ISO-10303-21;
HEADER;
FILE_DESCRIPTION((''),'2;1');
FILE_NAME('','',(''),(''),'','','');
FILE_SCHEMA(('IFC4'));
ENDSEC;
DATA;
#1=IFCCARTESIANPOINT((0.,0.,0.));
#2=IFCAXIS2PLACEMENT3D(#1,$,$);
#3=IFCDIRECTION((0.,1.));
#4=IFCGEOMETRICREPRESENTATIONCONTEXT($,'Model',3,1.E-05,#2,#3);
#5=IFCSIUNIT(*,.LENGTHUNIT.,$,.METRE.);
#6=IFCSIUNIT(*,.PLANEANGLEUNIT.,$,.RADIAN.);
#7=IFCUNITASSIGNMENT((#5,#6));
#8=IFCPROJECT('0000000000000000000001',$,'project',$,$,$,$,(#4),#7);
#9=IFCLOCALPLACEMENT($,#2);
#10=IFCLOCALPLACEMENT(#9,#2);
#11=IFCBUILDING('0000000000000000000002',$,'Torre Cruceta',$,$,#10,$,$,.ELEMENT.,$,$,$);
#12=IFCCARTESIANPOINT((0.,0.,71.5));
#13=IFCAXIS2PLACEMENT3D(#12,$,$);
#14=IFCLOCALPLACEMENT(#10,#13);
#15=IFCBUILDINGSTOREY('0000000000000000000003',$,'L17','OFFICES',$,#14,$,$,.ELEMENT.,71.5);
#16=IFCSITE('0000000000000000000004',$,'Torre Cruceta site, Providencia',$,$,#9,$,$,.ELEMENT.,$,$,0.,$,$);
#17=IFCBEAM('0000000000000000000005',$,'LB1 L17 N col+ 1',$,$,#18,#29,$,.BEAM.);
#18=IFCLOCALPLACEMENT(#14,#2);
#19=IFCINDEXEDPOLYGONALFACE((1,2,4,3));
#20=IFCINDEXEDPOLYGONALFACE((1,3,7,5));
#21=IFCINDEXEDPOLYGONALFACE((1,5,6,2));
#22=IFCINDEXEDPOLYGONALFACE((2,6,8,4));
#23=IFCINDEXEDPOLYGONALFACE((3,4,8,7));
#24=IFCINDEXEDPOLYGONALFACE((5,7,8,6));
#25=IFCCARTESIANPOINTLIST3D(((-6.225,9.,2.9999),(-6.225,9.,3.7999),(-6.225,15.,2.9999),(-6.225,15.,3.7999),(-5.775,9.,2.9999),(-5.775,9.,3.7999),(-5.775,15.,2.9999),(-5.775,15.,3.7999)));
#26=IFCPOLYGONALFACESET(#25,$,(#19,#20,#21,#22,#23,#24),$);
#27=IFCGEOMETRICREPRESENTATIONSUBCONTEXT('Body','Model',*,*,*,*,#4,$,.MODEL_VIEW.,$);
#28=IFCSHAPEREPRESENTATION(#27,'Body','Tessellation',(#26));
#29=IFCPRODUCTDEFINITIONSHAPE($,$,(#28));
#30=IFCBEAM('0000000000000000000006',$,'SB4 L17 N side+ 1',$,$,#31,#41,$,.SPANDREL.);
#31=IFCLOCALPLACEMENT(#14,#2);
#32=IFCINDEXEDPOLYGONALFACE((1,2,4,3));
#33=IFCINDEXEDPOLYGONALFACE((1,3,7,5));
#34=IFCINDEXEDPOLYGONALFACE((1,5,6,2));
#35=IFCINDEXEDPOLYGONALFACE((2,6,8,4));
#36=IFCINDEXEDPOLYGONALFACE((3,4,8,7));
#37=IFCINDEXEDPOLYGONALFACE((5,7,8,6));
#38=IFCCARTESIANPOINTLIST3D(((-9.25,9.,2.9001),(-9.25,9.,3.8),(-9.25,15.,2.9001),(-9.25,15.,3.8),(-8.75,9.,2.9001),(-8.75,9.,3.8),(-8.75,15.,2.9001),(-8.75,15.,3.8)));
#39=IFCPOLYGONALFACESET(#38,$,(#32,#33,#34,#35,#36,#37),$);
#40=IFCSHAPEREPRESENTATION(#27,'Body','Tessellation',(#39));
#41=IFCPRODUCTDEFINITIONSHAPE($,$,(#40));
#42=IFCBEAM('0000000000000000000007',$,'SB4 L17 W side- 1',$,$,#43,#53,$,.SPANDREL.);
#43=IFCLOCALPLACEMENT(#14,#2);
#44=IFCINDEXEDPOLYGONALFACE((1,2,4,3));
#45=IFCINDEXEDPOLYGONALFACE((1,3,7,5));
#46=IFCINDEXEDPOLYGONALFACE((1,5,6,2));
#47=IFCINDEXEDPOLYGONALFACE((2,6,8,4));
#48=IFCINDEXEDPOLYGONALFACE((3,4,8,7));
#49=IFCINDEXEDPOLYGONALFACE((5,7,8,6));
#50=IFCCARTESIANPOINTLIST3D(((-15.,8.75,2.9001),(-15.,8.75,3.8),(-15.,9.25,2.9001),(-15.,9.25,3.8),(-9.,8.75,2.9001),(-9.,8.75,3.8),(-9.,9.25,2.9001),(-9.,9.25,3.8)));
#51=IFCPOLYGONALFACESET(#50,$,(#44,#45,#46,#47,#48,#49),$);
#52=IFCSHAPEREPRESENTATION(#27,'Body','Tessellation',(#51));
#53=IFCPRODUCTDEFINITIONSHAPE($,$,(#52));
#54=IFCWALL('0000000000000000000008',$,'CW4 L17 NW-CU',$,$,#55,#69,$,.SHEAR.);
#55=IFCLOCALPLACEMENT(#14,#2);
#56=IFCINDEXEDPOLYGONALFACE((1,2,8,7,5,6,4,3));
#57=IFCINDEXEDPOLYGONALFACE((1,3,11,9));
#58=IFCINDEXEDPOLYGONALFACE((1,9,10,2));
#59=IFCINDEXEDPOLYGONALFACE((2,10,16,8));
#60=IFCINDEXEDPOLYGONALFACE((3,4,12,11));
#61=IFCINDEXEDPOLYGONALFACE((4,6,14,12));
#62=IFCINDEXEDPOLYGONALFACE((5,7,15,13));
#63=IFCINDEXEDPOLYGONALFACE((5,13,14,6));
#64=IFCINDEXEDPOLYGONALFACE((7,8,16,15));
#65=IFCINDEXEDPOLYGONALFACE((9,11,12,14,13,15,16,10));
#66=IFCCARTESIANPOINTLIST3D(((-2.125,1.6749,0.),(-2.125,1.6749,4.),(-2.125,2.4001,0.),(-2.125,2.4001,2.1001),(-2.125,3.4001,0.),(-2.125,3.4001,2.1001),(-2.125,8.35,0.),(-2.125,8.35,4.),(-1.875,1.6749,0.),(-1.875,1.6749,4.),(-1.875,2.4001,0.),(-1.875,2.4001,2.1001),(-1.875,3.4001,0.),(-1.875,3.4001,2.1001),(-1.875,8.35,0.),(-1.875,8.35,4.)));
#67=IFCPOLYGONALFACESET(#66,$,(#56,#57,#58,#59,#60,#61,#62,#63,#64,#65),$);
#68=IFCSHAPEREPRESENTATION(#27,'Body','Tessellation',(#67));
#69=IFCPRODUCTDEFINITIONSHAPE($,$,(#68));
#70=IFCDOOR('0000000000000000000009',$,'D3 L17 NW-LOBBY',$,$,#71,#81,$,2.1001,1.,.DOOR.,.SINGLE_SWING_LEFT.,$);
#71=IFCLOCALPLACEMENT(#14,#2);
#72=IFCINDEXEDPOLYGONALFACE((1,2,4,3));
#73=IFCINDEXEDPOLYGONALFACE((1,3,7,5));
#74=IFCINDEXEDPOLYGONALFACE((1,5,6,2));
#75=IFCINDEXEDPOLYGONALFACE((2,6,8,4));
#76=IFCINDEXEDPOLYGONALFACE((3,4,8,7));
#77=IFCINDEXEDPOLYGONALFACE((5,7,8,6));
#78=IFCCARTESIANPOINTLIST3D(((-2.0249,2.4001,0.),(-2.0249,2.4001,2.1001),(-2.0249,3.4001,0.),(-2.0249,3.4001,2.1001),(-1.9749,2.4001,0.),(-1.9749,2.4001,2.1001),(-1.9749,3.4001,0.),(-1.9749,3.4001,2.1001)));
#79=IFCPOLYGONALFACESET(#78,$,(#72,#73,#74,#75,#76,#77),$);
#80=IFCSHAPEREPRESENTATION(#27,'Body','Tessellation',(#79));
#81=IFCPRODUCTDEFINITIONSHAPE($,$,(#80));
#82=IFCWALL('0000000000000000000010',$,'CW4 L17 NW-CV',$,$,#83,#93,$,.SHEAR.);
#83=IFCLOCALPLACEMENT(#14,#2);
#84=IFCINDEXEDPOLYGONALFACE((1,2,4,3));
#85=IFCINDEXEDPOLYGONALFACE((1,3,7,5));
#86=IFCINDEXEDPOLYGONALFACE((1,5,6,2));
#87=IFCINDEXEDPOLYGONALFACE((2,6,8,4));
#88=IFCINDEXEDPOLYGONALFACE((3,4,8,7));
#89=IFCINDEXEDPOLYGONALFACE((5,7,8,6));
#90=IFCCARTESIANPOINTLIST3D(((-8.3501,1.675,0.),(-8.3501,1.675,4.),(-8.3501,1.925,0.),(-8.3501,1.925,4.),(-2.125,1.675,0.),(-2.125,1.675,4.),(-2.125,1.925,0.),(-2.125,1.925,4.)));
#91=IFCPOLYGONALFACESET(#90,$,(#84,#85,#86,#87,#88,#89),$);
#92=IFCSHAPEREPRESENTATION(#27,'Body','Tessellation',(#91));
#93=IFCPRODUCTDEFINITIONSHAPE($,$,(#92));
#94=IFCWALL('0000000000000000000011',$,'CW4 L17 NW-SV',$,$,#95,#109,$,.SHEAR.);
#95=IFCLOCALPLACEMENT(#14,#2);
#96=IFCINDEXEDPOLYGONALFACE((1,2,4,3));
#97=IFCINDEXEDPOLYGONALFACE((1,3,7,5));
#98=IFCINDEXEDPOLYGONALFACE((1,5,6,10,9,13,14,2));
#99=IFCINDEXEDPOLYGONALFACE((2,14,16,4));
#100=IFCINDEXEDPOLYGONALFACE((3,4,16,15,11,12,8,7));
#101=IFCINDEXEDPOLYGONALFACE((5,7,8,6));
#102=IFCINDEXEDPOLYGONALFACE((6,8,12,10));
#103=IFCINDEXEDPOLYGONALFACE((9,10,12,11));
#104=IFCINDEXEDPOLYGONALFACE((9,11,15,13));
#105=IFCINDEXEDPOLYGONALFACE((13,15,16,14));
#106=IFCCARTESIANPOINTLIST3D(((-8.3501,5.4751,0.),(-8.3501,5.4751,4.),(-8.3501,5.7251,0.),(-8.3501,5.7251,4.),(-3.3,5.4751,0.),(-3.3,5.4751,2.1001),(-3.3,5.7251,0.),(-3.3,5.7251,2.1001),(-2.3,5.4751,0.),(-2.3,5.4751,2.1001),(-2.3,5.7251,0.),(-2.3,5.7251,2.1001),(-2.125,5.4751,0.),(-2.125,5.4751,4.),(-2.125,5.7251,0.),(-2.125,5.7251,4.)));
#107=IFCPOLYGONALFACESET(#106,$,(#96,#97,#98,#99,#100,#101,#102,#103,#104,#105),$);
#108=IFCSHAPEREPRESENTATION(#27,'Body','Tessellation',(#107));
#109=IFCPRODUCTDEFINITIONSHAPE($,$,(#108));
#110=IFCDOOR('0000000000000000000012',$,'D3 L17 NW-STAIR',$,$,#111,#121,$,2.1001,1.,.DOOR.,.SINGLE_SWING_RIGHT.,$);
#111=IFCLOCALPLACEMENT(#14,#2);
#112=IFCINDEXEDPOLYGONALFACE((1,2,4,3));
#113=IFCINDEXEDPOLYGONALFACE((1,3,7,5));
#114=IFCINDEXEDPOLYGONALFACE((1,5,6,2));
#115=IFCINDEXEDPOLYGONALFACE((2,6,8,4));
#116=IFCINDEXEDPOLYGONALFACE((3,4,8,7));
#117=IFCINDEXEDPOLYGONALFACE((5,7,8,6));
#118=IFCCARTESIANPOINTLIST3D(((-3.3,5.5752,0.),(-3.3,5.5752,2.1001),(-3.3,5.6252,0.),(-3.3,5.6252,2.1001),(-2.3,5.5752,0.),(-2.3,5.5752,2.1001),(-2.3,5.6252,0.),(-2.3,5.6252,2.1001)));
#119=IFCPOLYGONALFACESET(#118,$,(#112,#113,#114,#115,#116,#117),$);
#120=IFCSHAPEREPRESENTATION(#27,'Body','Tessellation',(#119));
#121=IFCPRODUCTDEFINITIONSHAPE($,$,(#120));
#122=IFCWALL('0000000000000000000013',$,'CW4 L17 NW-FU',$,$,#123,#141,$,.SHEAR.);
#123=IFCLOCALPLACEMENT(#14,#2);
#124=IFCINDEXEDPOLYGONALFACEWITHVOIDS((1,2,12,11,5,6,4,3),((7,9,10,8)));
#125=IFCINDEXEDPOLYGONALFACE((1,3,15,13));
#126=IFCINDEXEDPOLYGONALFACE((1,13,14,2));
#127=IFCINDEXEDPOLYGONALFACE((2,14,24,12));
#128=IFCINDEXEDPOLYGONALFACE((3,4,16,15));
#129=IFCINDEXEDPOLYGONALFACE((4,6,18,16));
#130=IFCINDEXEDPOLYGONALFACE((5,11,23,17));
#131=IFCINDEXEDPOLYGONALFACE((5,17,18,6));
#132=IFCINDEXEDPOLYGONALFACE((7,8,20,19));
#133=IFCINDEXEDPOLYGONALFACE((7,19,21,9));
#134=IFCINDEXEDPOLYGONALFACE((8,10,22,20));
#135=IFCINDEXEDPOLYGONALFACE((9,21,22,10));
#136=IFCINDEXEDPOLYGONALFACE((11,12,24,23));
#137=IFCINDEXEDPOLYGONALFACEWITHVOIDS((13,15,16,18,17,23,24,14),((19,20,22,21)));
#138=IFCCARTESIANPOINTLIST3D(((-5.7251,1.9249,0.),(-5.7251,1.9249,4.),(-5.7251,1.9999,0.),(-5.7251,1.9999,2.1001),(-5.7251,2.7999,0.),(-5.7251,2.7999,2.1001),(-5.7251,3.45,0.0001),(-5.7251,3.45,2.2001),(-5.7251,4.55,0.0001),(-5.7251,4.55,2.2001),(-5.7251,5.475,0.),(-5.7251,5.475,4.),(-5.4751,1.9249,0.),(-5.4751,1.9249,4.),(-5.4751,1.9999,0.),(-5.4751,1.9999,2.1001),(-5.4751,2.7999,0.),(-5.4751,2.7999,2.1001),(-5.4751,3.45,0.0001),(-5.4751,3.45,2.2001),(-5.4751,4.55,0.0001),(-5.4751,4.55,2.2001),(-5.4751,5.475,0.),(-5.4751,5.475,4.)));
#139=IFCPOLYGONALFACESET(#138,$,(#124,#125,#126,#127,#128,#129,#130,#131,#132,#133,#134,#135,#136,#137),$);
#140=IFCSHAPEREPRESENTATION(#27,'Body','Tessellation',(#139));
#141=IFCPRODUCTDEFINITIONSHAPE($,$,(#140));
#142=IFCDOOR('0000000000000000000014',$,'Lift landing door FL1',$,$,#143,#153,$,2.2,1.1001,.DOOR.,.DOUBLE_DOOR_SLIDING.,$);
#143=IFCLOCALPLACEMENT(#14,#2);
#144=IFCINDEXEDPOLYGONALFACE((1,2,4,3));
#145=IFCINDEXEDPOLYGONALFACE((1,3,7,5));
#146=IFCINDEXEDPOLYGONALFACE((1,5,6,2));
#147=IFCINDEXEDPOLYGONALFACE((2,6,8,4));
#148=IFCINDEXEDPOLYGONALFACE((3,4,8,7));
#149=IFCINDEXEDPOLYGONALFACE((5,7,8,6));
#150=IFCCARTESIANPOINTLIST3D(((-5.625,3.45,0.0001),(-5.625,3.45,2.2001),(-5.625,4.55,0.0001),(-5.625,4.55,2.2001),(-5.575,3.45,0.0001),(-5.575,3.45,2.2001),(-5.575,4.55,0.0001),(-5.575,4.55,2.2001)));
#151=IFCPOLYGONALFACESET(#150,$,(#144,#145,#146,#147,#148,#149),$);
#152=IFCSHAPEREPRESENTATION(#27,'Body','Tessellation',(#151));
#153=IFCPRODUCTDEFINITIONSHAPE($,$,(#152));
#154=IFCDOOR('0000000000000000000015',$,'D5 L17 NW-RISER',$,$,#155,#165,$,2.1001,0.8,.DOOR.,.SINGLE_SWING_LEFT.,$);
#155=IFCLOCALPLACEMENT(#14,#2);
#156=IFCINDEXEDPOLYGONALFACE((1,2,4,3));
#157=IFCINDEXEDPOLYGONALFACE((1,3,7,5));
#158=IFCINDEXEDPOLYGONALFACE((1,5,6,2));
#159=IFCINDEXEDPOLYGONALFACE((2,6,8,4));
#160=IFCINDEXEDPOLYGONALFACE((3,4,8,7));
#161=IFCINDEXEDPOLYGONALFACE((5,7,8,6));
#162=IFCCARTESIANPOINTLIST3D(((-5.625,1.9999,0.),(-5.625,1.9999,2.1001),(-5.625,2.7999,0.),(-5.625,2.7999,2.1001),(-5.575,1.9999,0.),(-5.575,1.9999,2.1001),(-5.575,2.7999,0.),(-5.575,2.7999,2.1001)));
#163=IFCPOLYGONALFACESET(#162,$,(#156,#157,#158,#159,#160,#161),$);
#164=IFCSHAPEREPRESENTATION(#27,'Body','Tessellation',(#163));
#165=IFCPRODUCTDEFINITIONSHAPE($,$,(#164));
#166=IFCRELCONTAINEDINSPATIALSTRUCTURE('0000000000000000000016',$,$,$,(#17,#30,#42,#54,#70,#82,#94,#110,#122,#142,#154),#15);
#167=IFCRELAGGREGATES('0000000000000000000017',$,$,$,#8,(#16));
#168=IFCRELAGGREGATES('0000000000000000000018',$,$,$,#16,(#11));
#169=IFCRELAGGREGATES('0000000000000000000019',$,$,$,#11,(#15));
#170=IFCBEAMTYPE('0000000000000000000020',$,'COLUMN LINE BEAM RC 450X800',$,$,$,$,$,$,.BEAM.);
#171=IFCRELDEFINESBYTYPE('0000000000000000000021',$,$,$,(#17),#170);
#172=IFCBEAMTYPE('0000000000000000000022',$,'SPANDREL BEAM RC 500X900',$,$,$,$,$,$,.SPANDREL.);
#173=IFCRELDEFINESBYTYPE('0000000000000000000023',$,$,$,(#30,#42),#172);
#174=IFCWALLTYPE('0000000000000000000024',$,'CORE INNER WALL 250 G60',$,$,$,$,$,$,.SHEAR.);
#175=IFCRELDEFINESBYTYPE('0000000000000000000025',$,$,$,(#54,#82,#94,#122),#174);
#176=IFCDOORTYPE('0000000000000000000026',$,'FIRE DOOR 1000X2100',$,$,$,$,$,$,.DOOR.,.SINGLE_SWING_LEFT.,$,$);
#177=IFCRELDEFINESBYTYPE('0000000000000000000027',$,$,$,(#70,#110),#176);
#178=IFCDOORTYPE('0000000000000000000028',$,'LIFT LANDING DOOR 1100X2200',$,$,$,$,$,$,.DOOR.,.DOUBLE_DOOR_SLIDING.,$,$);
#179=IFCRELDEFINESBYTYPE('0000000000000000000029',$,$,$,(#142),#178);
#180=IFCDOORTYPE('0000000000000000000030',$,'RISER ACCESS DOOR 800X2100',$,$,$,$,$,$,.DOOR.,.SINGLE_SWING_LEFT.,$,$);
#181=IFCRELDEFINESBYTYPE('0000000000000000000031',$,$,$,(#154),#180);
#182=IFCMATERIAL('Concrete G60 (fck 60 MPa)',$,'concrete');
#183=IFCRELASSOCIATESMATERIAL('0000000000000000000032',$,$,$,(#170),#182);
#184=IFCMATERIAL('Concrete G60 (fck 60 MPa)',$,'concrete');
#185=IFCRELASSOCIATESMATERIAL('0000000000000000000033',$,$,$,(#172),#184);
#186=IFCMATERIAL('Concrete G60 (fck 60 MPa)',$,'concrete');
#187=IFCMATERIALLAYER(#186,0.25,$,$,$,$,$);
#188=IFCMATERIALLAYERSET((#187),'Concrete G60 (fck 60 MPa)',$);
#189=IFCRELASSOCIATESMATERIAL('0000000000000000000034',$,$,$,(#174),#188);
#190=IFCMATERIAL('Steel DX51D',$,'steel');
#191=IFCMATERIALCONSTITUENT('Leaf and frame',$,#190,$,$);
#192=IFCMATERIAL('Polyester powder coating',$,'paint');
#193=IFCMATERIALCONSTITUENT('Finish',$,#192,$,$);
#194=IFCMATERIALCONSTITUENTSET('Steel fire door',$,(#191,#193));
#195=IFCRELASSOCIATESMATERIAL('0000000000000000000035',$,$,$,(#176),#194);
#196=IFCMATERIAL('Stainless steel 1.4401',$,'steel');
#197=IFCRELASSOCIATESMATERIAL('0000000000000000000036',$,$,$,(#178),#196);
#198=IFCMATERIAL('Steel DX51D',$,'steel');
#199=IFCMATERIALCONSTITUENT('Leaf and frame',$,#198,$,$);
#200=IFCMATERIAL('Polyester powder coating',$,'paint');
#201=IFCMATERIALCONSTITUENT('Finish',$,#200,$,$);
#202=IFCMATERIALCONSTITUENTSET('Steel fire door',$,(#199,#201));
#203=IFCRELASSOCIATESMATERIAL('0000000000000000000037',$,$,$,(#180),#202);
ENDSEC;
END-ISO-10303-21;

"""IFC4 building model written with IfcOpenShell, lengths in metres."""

from ifc_helpers import new_model, si_unit, direction, frame, frame_2d, origin, origin_2d, place, context, subcontext, project, spatial, rectangle, extrude, material, layer, layer_set, constituent, constituent_set, material_profile, profile_set, type_object, element, fill, save


model = new_model("IFC4")

# Units and contexts
model_context = context("Model", 3, precision=1e-05, world=origin(), true_north=direction((0.0, 1.0)))
body_context = subcontext(model_context, "Body", "Model", "MODEL_VIEW")
ifc_project = project(units=[si_unit("LENGTHUNIT", "METRE"), si_unit("PLANEANGLEUNIT", "RADIAN")], contexts=[model_context])

# Site, building, storey
site_placement = place(None, origin())
site = spatial("IfcSite", under=ifc_project, at=site_placement, Name="Torre Cruceta site, Providencia", CompositionType="ELEMENT", RefElevation=0.0)
building_placement = place(site_placement, origin())
building = spatial("IfcBuilding", under=site, at=building_placement, Name="Torre Cruceta", CompositionType="ELEMENT")
storey_placement = place(building_placement, frame((0.0, 0.0, 71.5)))
storey = spatial("IfcBuildingStorey", under=building, at=storey_placement, Name="L17", Description="OFFICES", CompositionType="ELEMENT", Elevation=71.5)

# Beams
ifc_material_1 = material(Name="Concrete G60 (fck 60 MPa)", Category="concrete")
ifc_material_profile_1 = material_profile(ifc_material_1, rectangle(XDim=0.45, YDim=0.8, at=origin_2d()), Name="RC 450X800")
ifc_profile_set_1 = profile_set([ifc_material_profile_1], Name="Concrete G60 (fck 60 MPa)")
beam_type_1 = type_object("IfcBeamType", Name="COLUMN LINE BEAM RC 450X800", PredefinedType="BEAM", material=ifc_profile_set_1)
beam_placement = place(storey_placement, frame((-6.0, 9.0, 3.3999), z_axis=(0.0, 1.0, 0.0), x_axis=(-1.0, 0.0, 0.0)))
element("IfcBeam", 1, at=beam_placement, inside=storey, type_object=beam_type_1, Name="LB1 L17 N col+ 1", PredefinedType="BEAM", context=body_context, shape_type="SweptSolid", body=[
    extrude(rectangle(XDim=0.45, YDim=0.8, at=origin_2d()), origin(), (0.0, 0.0, 1.0), 6.0),
])
ifc_material_2 = material(Name="Concrete G60 (fck 60 MPa)", Category="concrete")
ifc_material_profile_2 = material_profile(ifc_material_2, rectangle(XDim=0.5, YDim=0.8999, at=origin_2d()), Name="RC 500X900")
ifc_profile_set_2 = profile_set([ifc_material_profile_2], Name="Concrete G60 (fck 60 MPa)")
beam_type_2 = type_object("IfcBeamType", Name="SPANDREL BEAM RC 500X900", PredefinedType="SPANDREL", material=ifc_profile_set_2)
for number, where, z_axis, x_axis, name in (
    (2, (-9.0, 9.0, 3.3501), (0.0, 1.0, 0.0), (-1.0, 0.0, 0.0), "SB4 L17 N side+ 1"),
    (3, (-9.0, 9.0, 3.3501), (-1.0, 0.0, 0.0), (0.0, -1.0, 0.0), "SB4 L17 W side- 1"),
):
    element("IfcBeam", number, at=place(storey_placement, frame(where, z_axis=z_axis, x_axis=x_axis)), inside=storey, type_object=beam_type_2, Name=name, PredefinedType="SPANDREL", context=body_context, shape_type="SweptSolid", body=[
        extrude(rectangle(XDim=0.5, YDim=0.8999, at=origin_2d()), origin(), (0.0, 0.0, 1.0), 6.0),
    ])

# Wall, opening, door
ifc_material_3 = material(Name="Concrete G60 (fck 60 MPa)", Category="concrete")
ifc_layer_1 = layer(ifc_material_3, 0.25)
ifc_layer_set_1 = layer_set([ifc_layer_1], Name="Concrete G60 (fck 60 MPa)")
wall_type_1 = type_object("IfcWallType", Name="CORE INNER WALL 250 G60", PredefinedType="SHEAR", material=ifc_layer_set_1)
wall_1_placement = place(storey_placement, frame((-2.0, 1.675, 0.0), z_axis=(0.0, 0.0, 1.0), x_axis=(0.0, 1.0, 0.0)))
wall_1 = element("IfcWall", 4, at=wall_1_placement, inside=storey, type_object=wall_type_1, Name="CW4 L17 NW-CU", PredefinedType="SHEAR", context=body_context, shape_type="SweptSolid", body=[
    extrude(rectangle(XDim=6.675, YDim=0.25, at=frame_2d((3.3374, 0.0))), origin(), (0.0, 0.0, 1.0), 4.0),
])
opening_1_placement = place(wall_1_placement, frame((0.7251, 0.0, 0.0)))
opening_1 = element("IfcOpeningElement", 5, at=opening_1_placement, cuts=wall_1, PredefinedType="OPENING", context=body_context, shape_type="SweptSolid", body=[
    extrude(rectangle(XDim=1.0, YDim=2.1001, at=frame_2d((0.5, 1.05))), frame((0.0, 0.135, 0.0), z_axis=(0.0, -1.0, 0.0), x_axis=(1.0, 0.0, 0.0)), (0.0, 0.0, 1.0), 0.27),
])
ifc_material_4 = material(Name="Steel DX51D", Category="steel")
ifc_constituent_1 = constituent(ifc_material_4, Name="Leaf and frame")
ifc_material_5 = material(Name="Polyester powder coating", Category="paint")
ifc_constituent_2 = constituent(ifc_material_5, Name="Finish")
ifc_constituent_set_1 = constituent_set(constituents=[ifc_constituent_1, ifc_constituent_2], Name="Steel fire door")
door_type_1 = type_object("IfcDoorType", Name="FIRE DOOR 1000X2100", OperationType="SINGLE_SWING_LEFT", PredefinedType="DOOR", material=ifc_constituent_set_1)
door_1_placement = place(opening_1_placement, origin())
door_1 = element("IfcDoor", 6, at=door_1_placement, inside=storey, type_object=door_type_1, Name="D3 L17 NW-LOBBY", OperationType="SINGLE_SWING_LEFT", OverallHeight=2.1001, OverallWidth=1.0, PredefinedType="DOOR", context=body_context, shape_type="SweptSolid", body=[
    extrude(rectangle(XDim=1.0, YDim=2.1001, at=frame_2d((0.5, 1.05))), frame((0.0, 0.0249, 0.0), z_axis=(0.0, -1.0, 0.0), x_axis=(1.0, 0.0, 0.0)), (0.0, 0.0, 1.0), 0.05),
])
fill(opening_1, door_1)

# Wall
wall_2_placement = place(storey_placement, frame((-2.125, 1.8, 0.0), z_axis=(0.0, 0.0, 1.0), x_axis=(-1.0, 0.0, 0.0)))
element("IfcWall", 7, at=wall_2_placement, inside=storey, type_object=wall_type_1, Name="CW4 L17 NW-CV", PredefinedType="SHEAR", context=body_context, shape_type="SweptSolid", body=[
    extrude(rectangle(XDim=6.2251, YDim=0.25, at=frame_2d((3.1125, 0.0))), origin(), (0.0, 0.0, 1.0), 4.0),
])

# Wall, opening, door
wall_3_placement = place(storey_placement, frame((-2.125, 5.6001, 0.0), z_axis=(0.0, 0.0, 1.0), x_axis=(-1.0, 0.0, 0.0)))
wall_3 = element("IfcWall", 8, at=wall_3_placement, inside=storey, type_object=wall_type_1, Name="CW4 L17 NW-SV", PredefinedType="SHEAR", context=body_context, shape_type="SweptSolid", body=[
    extrude(rectangle(XDim=6.2251, YDim=0.25, at=frame_2d((3.1125, 0.0))), origin(), (0.0, 0.0, 1.0), 4.0),
])
opening_2_placement = place(wall_3_placement, frame((0.175, 0.0, 0.0)))
opening_2 = element("IfcOpeningElement", 9, at=opening_2_placement, cuts=wall_3, PredefinedType="OPENING", context=body_context, shape_type="SweptSolid", body=[
    extrude(rectangle(XDim=1.0, YDim=2.1001, at=frame_2d((0.5, 1.05))), frame((0.0, 0.135, 0.0), z_axis=(0.0, -1.0, 0.0), x_axis=(1.0, 0.0, 0.0)), (0.0, 0.0, 1.0), 0.27),
])
door_2_placement = place(opening_2_placement, frame((1.0, 0.0, 0.0), z_axis=(0.0, 0.0, 1.0), x_axis=(-1.0, 0.0, 0.0)))
door_2 = element("IfcDoor", 10, at=door_2_placement, inside=storey, type_object=door_type_1, Name="D3 L17 NW-STAIR", OperationType="SINGLE_SWING_RIGHT", OverallHeight=2.1001, OverallWidth=1.0, PredefinedType="DOOR", context=body_context, shape_type="SweptSolid", body=[
    extrude(rectangle(XDim=1.0, YDim=2.1001, at=frame_2d((0.5, 1.05))), frame((0.0, 0.0251, 0.0), z_axis=(0.0, -1.0, 0.0), x_axis=(1.0, 0.0, 0.0)), (0.0, 0.0, 1.0), 0.05),
])
fill(opening_2, door_2)

# Wall, openings, doors
wall_4_placement = place(storey_placement, frame((-5.6001, 1.925, 0.0), z_axis=(0.0, 0.0, 1.0), x_axis=(0.0, 1.0, 0.0)))
wall_4 = element("IfcWall", 11, at=wall_4_placement, inside=storey, type_object=wall_type_1, Name="CW4 L17 NW-FU", PredefinedType="SHEAR", context=body_context, shape_type="SweptSolid", body=[
    extrude(rectangle(XDim=3.55, YDim=0.25, at=frame_2d((1.7749, 0.0))), origin(), (0.0, 0.0, 1.0), 4.0),
])
opening_3_placement = place(wall_4_placement, frame((1.5249, 0.0, 0.0)))
opening_3 = element("IfcOpeningElement", 12, at=opening_3_placement, cuts=wall_4, PredefinedType="OPENING", context=body_context, shape_type="SweptSolid", body=[
    extrude(rectangle(XDim=1.1001, YDim=2.2, at=frame_2d((0.55, 1.1001))), frame((0.0, 0.135, 0.0), z_axis=(0.0, -1.0, 0.0), x_axis=(1.0, 0.0, 0.0)), (0.0, 0.0, 1.0), 0.27),
])
opening_4_placement = place(wall_4_placement, frame((0.075, 0.0, 0.0)))
opening_4 = element("IfcOpeningElement", 13, at=opening_4_placement, cuts=wall_4, PredefinedType="OPENING", context=body_context, shape_type="SweptSolid", body=[
    extrude(rectangle(XDim=0.8, YDim=2.1001, at=frame_2d((0.3999, 1.05))), frame((0.0, 0.135, 0.0), z_axis=(0.0, -1.0, 0.0), x_axis=(1.0, 0.0, 0.0)), (0.0, 0.0, 1.0), 0.27),
])
ifc_material_6 = material(Name="Stainless steel 1.4401", Category="steel")
door_type_2 = type_object("IfcDoorType", Name="LIFT LANDING DOOR 1100X2200", OperationType="DOUBLE_DOOR_SLIDING", PredefinedType="DOOR", material=ifc_material_6)
door_3_placement = place(opening_3_placement, origin())
door_3 = element("IfcDoor", 14, at=door_3_placement, inside=storey, type_object=door_type_2, Name="Lift landing door FL1", OperationType="DOUBLE_DOOR_SLIDING", OverallHeight=2.2, OverallWidth=1.1001, PredefinedType="DOOR", context=body_context, shape_type="SweptSolid", body=[
    extrude(rectangle(XDim=1.1001, YDim=2.2, at=frame_2d((0.55, 1.1001))), frame((0.0, 0.0249, 0.0), z_axis=(0.0, -1.0, 0.0), x_axis=(1.0, 0.0, 0.0)), (0.0, 0.0, 1.0), 0.05),
])
fill(opening_3, door_3)
ifc_material_7 = material(Name="Steel DX51D", Category="steel")
ifc_constituent_3 = constituent(ifc_material_7, Name="Leaf and frame")
ifc_material_8 = material(Name="Polyester powder coating", Category="paint")
ifc_constituent_4 = constituent(ifc_material_8, Name="Finish")
ifc_constituent_set_2 = constituent_set(constituents=[ifc_constituent_3, ifc_constituent_4], Name="Steel fire door")
door_type_3 = type_object("IfcDoorType", Name="RISER ACCESS DOOR 800X2100", OperationType="SINGLE_SWING_LEFT", PredefinedType="DOOR", material=ifc_constituent_set_2)
door_4_placement = place(opening_4_placement, origin())
door_4 = element("IfcDoor", 15, at=door_4_placement, inside=storey, type_object=door_type_3, Name="D5 L17 NW-RISER", OperationType="SINGLE_SWING_LEFT", OverallHeight=2.1001, OverallWidth=0.8, PredefinedType="DOOR", context=body_context, shape_type="SweptSolid", body=[
    extrude(rectangle(XDim=0.8, YDim=2.1001, at=frame_2d((0.3999, 1.05))), frame((0.0, 0.0249, 0.0), z_axis=(0.0, -1.0, 0.0), x_axis=(1.0, 0.0, 0.0)), (0.0, 0.0, 1.0), 0.05),
])
fill(opening_4, door_4)

save(model, "model.ifc")
